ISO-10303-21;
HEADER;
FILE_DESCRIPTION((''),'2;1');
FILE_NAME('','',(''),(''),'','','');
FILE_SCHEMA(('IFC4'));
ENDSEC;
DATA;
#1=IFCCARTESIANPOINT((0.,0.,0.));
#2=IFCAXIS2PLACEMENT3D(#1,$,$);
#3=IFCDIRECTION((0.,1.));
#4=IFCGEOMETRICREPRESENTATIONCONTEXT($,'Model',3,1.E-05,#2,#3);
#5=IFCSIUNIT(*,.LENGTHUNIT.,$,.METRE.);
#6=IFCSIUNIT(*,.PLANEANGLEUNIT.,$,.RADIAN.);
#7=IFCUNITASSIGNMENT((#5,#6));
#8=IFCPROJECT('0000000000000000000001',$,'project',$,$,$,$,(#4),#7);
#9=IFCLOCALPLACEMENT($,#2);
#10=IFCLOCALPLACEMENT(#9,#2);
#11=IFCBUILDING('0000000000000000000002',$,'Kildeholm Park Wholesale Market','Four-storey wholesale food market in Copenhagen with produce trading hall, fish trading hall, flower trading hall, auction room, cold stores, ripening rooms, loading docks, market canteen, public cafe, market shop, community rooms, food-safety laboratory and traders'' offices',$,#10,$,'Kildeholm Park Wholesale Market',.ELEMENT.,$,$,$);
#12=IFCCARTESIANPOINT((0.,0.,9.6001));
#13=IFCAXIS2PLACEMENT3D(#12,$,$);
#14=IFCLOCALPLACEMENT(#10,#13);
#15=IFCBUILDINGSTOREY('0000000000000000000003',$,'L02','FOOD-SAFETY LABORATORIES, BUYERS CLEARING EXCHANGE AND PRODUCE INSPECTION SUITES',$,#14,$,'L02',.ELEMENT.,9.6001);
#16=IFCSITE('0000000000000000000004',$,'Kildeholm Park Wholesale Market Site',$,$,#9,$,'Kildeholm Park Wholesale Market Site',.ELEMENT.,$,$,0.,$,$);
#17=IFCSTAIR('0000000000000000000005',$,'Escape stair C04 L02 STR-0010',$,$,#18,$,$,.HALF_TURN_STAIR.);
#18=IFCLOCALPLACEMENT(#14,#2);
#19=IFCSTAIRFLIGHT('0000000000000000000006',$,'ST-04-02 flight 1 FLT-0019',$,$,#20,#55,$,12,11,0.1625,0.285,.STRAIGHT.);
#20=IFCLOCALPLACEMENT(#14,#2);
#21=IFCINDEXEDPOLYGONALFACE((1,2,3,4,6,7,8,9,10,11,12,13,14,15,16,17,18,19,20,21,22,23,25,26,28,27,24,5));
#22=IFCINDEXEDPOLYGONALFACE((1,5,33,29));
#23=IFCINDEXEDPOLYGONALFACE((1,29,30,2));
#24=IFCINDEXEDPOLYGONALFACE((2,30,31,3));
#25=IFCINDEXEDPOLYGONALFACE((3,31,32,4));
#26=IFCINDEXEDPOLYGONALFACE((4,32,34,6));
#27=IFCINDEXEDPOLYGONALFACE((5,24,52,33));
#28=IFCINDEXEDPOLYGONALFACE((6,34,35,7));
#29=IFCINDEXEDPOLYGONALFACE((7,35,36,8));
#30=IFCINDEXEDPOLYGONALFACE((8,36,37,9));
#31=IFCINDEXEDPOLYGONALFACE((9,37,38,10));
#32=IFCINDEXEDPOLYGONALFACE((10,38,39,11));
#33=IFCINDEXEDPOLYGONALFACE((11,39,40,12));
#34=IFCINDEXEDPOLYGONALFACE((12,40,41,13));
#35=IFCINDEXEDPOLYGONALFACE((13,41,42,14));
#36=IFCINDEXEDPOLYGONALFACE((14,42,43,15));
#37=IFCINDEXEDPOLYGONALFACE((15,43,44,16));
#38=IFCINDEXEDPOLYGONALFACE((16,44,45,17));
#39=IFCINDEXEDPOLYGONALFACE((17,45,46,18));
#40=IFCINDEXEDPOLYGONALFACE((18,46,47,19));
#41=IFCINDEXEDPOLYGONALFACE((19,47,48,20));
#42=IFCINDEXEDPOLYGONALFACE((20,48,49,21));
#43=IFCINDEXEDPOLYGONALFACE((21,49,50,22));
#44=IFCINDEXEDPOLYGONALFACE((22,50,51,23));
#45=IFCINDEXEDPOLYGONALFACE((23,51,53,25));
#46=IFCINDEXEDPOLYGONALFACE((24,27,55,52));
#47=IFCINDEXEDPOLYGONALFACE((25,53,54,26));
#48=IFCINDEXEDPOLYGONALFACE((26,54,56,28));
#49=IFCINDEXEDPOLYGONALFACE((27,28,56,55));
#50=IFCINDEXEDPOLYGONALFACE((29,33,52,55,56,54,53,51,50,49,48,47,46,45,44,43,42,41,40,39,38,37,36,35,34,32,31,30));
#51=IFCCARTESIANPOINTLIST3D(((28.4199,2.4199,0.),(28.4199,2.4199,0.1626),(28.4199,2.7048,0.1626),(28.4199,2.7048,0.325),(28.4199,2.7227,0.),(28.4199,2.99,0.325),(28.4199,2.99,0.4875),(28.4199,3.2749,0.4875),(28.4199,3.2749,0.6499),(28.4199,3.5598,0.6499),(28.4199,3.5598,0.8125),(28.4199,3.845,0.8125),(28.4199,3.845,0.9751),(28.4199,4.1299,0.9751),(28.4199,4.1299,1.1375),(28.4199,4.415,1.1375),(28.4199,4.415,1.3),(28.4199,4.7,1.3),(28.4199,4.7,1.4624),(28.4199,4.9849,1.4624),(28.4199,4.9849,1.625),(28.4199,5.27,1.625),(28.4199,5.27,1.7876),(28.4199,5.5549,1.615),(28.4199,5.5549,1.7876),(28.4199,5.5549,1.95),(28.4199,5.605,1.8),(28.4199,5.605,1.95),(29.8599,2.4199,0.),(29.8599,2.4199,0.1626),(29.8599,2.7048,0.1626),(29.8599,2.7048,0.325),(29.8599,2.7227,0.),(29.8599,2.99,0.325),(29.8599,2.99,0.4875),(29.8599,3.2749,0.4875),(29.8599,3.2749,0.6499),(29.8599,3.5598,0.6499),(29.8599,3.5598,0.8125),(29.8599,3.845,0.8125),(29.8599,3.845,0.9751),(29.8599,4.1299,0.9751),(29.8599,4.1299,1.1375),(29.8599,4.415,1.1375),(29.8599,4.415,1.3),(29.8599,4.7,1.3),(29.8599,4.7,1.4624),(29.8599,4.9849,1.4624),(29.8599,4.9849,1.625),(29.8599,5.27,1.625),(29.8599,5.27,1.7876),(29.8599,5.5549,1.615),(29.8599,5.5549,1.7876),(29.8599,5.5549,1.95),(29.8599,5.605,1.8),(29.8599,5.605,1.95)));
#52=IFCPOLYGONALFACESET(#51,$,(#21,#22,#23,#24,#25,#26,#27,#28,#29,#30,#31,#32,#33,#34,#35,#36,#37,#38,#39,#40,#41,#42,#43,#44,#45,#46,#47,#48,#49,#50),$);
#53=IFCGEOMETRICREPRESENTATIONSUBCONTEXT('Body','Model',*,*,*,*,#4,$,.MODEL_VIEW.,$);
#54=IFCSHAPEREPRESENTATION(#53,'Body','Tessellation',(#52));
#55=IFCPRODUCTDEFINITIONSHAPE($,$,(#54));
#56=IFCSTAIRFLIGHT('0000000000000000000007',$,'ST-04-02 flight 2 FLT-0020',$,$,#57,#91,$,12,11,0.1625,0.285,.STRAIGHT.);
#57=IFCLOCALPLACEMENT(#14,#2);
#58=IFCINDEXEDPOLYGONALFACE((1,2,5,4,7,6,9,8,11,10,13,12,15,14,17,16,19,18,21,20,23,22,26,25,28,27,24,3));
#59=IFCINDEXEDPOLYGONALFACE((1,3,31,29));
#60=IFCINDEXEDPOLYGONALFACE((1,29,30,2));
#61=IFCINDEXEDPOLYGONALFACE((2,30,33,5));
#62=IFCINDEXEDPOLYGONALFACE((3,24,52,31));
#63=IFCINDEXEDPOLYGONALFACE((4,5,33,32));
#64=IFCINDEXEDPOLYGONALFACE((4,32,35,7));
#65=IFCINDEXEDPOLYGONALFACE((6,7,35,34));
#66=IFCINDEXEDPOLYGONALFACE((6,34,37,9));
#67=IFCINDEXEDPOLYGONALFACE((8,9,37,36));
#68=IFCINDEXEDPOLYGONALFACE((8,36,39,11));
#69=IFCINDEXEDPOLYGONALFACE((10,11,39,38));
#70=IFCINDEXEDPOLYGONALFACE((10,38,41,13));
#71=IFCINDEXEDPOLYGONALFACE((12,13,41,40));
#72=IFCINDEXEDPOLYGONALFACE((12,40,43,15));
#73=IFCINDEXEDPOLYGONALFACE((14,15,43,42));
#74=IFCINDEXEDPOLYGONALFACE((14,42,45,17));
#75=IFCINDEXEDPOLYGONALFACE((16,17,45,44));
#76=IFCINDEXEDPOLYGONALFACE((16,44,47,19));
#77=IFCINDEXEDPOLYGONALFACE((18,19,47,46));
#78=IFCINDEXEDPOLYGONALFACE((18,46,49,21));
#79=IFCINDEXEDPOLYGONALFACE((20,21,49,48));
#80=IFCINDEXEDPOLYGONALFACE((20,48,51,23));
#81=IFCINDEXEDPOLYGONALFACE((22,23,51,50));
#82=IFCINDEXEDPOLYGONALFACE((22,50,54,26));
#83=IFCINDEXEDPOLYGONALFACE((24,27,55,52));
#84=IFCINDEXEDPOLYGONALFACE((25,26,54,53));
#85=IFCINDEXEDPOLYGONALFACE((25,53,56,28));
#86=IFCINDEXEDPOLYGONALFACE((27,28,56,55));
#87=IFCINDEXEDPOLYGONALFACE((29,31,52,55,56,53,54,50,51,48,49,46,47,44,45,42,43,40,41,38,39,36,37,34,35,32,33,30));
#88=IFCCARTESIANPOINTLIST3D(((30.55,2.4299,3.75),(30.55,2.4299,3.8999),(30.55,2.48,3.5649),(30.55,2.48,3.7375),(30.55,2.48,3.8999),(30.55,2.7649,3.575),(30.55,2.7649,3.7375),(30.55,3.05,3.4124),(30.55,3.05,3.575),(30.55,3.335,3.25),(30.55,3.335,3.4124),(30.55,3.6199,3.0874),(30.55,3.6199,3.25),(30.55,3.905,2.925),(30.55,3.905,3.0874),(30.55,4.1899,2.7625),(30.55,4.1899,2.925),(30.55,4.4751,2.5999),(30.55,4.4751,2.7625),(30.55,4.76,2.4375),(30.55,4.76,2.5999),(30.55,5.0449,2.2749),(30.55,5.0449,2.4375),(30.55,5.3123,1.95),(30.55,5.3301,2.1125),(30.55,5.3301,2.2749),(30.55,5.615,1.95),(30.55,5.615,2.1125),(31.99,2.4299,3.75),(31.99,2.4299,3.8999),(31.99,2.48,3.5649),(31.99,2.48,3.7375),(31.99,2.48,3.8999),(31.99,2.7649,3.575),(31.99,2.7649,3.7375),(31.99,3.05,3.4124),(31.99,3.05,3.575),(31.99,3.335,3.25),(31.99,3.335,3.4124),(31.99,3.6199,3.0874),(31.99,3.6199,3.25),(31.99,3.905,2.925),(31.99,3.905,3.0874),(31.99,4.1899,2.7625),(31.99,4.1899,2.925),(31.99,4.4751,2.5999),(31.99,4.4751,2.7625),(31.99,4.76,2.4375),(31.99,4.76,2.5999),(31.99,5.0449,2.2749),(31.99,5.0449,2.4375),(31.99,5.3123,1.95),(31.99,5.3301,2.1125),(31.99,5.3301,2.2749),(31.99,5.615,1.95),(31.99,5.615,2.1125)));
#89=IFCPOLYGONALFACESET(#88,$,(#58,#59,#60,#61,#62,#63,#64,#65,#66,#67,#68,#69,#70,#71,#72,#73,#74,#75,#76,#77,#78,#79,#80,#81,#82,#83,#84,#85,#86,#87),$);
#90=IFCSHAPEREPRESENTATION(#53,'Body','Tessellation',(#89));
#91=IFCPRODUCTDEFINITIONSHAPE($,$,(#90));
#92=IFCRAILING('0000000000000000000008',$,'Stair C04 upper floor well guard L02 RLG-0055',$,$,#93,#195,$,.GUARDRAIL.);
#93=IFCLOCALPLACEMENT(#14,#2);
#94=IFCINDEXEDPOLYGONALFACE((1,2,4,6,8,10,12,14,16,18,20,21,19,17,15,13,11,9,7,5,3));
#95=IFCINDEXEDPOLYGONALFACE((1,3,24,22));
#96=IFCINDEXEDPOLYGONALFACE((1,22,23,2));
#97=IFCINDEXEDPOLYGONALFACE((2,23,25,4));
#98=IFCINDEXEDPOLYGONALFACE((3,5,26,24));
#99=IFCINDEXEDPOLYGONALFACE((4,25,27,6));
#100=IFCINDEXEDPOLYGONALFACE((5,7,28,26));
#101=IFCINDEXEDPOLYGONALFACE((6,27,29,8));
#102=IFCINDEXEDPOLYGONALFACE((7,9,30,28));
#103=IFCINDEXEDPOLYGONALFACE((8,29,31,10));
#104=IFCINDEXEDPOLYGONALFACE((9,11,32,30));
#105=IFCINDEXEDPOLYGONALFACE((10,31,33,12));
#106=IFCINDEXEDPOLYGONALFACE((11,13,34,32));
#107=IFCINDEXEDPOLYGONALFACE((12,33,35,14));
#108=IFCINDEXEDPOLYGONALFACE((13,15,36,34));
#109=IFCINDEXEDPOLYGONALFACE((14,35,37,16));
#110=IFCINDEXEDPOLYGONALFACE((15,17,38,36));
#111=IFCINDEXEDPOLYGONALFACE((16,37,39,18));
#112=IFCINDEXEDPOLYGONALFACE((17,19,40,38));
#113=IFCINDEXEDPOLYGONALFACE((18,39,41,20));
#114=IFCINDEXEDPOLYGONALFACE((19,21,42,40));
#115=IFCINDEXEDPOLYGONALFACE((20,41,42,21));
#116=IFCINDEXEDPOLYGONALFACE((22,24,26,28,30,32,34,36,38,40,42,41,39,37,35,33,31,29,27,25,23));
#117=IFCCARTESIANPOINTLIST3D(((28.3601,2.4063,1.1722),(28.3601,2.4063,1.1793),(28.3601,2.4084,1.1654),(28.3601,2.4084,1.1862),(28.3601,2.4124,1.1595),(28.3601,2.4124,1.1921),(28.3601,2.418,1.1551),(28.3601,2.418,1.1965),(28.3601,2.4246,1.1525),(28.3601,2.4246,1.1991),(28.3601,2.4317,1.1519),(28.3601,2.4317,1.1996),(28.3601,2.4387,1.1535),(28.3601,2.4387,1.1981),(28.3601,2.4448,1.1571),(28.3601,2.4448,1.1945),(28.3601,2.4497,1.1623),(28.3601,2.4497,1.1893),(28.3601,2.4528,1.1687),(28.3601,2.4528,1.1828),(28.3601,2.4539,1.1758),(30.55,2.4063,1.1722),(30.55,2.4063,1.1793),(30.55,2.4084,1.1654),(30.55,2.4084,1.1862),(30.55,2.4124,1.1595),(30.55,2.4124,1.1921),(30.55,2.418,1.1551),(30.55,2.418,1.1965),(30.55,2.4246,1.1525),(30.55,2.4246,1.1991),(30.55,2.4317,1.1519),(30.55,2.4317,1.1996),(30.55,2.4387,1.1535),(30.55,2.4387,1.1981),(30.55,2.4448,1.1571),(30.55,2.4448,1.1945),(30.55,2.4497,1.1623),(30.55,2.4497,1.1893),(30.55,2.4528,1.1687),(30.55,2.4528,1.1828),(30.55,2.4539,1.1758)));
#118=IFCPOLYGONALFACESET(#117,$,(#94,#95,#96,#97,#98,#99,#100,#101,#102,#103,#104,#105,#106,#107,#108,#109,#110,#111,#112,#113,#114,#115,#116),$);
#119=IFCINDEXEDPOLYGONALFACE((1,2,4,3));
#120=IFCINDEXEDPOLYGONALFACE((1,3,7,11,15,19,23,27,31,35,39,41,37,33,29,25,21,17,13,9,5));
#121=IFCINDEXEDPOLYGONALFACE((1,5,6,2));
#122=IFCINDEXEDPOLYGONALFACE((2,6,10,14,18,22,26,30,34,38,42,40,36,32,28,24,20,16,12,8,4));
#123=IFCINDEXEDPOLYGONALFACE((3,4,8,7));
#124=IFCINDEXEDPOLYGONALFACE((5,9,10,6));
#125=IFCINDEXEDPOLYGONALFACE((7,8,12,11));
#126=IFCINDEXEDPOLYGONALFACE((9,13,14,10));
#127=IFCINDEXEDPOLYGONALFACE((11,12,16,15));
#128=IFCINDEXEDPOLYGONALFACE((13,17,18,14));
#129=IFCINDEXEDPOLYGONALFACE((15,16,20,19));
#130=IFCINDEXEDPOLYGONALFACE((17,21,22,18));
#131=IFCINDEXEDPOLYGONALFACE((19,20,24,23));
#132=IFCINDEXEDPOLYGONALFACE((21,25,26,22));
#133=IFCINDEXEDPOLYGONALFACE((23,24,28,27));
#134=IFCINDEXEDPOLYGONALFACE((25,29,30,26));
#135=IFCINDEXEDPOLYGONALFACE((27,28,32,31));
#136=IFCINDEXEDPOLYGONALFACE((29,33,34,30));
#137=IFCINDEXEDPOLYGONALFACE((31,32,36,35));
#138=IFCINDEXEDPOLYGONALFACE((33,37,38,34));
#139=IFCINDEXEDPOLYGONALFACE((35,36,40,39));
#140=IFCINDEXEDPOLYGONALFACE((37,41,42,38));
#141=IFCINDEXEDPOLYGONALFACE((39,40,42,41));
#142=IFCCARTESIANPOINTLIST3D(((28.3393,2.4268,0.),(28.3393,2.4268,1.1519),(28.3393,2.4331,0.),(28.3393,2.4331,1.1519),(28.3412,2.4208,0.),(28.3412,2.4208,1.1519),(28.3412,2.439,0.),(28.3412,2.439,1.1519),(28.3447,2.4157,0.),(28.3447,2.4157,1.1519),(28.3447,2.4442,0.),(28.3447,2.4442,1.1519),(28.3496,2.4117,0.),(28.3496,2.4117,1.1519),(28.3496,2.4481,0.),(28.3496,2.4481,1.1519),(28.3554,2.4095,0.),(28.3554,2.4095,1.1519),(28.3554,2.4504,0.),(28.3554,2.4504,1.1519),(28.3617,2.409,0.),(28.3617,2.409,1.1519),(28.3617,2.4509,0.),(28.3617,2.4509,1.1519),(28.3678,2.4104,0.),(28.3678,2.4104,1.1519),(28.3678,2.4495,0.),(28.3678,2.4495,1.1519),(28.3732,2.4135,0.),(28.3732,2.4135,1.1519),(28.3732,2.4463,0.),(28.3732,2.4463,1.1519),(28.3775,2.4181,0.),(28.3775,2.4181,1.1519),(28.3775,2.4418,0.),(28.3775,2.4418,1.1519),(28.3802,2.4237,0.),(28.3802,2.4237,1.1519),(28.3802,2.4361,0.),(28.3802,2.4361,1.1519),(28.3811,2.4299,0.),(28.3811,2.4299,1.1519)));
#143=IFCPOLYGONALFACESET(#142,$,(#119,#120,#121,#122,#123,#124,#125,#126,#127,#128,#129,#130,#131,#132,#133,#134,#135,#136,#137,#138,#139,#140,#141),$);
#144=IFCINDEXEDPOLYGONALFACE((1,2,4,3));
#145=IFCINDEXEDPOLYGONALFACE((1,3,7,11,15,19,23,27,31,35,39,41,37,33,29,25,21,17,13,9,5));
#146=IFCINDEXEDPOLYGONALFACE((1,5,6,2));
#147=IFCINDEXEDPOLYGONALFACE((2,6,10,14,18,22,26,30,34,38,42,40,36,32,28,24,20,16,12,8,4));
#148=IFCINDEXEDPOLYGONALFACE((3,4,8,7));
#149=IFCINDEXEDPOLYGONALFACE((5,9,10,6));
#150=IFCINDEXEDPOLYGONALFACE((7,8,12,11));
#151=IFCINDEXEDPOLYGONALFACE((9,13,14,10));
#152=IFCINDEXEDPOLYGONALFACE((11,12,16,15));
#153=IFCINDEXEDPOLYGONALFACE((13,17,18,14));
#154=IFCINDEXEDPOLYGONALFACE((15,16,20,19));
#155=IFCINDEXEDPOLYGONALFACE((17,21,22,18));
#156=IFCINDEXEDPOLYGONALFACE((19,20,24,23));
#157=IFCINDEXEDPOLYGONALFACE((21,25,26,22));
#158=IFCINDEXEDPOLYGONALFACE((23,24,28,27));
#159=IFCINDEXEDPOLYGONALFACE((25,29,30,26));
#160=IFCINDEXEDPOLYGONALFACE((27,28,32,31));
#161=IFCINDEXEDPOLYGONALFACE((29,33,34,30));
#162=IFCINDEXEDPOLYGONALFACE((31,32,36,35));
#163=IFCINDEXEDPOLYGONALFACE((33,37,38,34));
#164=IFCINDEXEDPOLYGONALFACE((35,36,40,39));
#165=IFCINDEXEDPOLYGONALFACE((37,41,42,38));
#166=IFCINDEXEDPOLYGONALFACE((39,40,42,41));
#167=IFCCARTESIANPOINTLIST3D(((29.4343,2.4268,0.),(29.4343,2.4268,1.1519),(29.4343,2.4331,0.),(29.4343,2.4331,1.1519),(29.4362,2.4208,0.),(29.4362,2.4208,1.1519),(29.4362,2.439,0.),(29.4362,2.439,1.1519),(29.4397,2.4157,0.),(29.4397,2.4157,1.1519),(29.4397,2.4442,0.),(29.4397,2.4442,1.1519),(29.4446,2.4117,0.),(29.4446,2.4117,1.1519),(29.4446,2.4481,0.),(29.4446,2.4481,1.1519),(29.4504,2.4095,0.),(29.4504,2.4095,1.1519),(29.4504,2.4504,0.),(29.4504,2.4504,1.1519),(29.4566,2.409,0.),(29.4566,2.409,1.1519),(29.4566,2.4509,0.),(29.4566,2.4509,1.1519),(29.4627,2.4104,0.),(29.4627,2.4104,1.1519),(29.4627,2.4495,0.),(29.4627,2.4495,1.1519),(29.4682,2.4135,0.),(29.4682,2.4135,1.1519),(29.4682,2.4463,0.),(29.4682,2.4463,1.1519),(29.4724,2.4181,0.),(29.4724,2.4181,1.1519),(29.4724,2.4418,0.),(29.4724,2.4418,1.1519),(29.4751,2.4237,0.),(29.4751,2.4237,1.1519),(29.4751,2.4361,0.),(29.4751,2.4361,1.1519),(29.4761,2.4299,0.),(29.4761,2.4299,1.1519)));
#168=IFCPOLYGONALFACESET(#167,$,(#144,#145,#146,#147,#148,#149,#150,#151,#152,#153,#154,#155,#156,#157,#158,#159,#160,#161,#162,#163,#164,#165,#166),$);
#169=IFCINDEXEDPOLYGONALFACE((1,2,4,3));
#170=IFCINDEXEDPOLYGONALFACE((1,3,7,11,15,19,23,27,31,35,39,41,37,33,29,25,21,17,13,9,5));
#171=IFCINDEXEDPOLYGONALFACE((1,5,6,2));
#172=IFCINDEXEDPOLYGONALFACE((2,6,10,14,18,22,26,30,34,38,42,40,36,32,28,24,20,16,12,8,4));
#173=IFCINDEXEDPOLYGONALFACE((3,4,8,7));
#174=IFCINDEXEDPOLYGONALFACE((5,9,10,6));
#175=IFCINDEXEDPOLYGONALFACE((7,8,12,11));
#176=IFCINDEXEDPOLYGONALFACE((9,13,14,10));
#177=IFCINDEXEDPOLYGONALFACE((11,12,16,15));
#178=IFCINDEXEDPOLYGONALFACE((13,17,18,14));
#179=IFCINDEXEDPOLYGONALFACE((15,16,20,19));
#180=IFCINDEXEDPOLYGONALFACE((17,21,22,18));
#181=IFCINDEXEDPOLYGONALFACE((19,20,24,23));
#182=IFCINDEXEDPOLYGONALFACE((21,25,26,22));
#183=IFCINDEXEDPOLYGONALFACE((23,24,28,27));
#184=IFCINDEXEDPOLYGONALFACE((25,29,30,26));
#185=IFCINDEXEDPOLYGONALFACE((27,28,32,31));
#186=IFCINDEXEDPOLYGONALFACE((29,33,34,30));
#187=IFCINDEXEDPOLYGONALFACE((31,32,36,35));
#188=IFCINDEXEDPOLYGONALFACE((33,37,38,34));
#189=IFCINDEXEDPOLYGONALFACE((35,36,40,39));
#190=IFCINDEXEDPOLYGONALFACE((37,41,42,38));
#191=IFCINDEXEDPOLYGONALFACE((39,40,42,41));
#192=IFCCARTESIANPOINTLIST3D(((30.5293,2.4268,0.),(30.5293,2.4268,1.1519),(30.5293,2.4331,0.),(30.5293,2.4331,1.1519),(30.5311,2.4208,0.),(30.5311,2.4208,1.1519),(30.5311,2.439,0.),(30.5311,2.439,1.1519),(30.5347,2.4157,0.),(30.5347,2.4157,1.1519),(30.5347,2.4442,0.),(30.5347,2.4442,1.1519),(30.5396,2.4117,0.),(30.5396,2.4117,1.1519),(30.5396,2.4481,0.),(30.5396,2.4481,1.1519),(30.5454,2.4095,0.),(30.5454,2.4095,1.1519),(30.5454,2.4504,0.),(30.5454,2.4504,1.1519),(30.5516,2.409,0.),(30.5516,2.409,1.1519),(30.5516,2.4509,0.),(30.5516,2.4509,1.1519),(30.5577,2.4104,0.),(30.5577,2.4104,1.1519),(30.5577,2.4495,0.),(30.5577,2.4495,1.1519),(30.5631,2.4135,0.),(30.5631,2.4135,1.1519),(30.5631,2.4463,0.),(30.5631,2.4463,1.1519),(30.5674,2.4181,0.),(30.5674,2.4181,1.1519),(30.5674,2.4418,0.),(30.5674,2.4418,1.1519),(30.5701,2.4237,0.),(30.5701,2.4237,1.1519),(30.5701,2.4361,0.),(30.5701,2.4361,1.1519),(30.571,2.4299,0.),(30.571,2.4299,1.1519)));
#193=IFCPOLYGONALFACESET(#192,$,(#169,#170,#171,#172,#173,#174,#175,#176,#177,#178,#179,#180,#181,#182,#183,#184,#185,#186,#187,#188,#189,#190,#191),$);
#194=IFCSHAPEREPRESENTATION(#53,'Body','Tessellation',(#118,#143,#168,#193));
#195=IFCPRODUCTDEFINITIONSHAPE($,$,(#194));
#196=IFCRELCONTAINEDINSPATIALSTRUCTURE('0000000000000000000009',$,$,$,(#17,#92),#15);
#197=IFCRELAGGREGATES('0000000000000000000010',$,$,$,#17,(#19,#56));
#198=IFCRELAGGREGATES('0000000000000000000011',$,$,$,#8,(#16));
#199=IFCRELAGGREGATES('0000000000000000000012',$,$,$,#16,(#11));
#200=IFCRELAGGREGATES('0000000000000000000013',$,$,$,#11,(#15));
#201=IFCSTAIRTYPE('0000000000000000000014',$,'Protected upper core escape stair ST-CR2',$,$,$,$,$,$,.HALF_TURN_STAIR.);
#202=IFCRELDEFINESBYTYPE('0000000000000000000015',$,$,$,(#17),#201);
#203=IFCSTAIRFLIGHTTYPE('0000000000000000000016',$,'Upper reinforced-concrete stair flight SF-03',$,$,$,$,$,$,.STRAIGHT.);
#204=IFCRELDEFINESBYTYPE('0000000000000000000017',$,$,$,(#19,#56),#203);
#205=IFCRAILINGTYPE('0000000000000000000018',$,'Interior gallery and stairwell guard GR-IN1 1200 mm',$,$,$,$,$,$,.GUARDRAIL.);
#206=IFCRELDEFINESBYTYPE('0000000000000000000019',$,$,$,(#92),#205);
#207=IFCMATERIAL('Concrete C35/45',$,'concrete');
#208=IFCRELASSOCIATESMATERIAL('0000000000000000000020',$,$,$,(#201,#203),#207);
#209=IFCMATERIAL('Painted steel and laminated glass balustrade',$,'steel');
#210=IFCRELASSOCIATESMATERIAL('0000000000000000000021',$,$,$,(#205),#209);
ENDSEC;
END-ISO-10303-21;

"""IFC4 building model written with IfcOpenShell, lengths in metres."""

from ifc_helpers import new_model, si_unit, direction, frame, origin, origin_2d, place, context, subcontext, project, spatial, polyline, circle, outline, extrude, material, type_object, element, aggregate, save


model = new_model("IFC4")

# Units and contexts
model_context = context("Model", 3, precision=1e-05, world=origin(), true_north=direction((0.0, 1.0)))
body_context = subcontext(model_context, "Body", "Model", "MODEL_VIEW")
ifc_project = project(units=[si_unit("LENGTHUNIT", "METRE"), si_unit("PLANEANGLEUNIT", "RADIAN")], contexts=[model_context])

# Site, building, storey
site_placement = place(None, origin())
site = spatial("IfcSite", under=ifc_project, at=site_placement, Name="Kildeholm Park Wholesale Market Site", LongName="Kildeholm Park Wholesale Market Site", CompositionType="ELEMENT", RefElevation=0.0)
building_placement = place(site_placement, origin())
building = spatial("IfcBuilding", under=site, at=building_placement, Name="Kildeholm Park Wholesale Market", Description="Four-storey wholesale food market in Copenhagen with produce trading hall, fish trading hall, flower trading hall, auction room, cold stores, ripening rooms, loading docks, market canteen, public cafe, market shop, community rooms, food-safety laboratory and traders' offices", LongName="Kildeholm Park Wholesale Market", CompositionType="ELEMENT")
storey_placement = place(building_placement, frame((0.0, 0.0, 9.6001)))
storey = spatial("IfcBuildingStorey", under=building, at=storey_placement, Name="L02", Description="FOOD-SAFETY LABORATORIES, BUYERS CLEARING EXCHANGE AND PRODUCE INSPECTION SUITES", LongName="L02", CompositionType="ELEMENT", Elevation=9.6001)

# Stair, stair flights
ifc_material_1 = material(Name="Concrete C35/45", Category="concrete")
stair_type = type_object("IfcStairType", Name="Protected upper core escape stair ST-CR2", PredefinedType="HALF_TURN_STAIR", material=ifc_material_1)
stair_placement = place(storey_placement, origin())
stair = element("IfcStair", 1, at=stair_placement, inside=storey, type_object=stair_type, Name="Escape stair C04 L02 STR-0010", PredefinedType="HALF_TURN_STAIR")
stair_flight_type = type_object("IfcStairFlightType", Name="Upper reinforced-concrete stair flight SF-03", PredefinedType="STRAIGHT", material=ifc_material_1)
stair_flight_1_placement = place(storey_placement, frame((29.1399, 2.4199, 0.0), z_axis=(0.0, 0.0, 1.0), x_axis=(0.0, 1.0, 0.0)))
stair_flight_1 = element("IfcStairFlight", 2, at=stair_flight_1_placement, type_object=stair_flight_type, Name="ST-04-02 flight 1 FLT-0019", NumberOfRisers=12, NumberOfTreads=11, PredefinedType="STRAIGHT", RiserHeight=0.1625, TreadLength=0.285, context=body_context, shape_type="SweptSolid", body=[
    extrude(outline(polyline([(0.0, 0.0), (0.0, 0.1626), (0.2849, 0.1626), (0.2849, 0.325), (0.5701, 0.325), (0.5701, 0.4875), (0.855, 0.4875), (0.855, 0.6499), (1.1399, 0.6499), (1.1399, 0.8125), (1.425, 0.8125), (1.425, 0.9751), (1.71, 0.9751), (1.71, 1.1375), (1.9951, 1.1375), (1.9951, 1.3), (2.28, 1.3), (2.28, 1.4624), (2.5649, 1.4624), (2.5649, 1.625), (2.8501, 1.625), (2.8501, 1.7876), (3.135, 1.7876), (3.135, 1.95), (3.1851, 1.95), (3.1851, 1.8), (3.135, 1.615), (0.3027, 0.0), (0.0, 0.0)])), frame((0.0, 0.72, 0.0), z_axis=(0.0, -1.0, 0.0), x_axis=(1.0, 0.0, 0.0)), (0.0, 0.0, 1.0), 1.4399),
])
stair_flight_2_placement = place(storey_placement, frame((31.27, 5.615, 1.95), z_axis=(0.0, 0.0, 1.0), x_axis=(0.0, -1.0, 0.0)))
stair_flight_2 = element("IfcStairFlight", 3, at=stair_flight_2_placement, type_object=stair_flight_type, Name="ST-04-02 flight 2 FLT-0020", NumberOfRisers=12, NumberOfTreads=11, PredefinedType="STRAIGHT", RiserHeight=0.1625, TreadLength=0.285, context=body_context, shape_type="SweptSolid", body=[
    extrude(outline(polyline([(0.0, 0.0), (0.0, 0.1626), (0.2849, 0.1626), (0.2849, 0.325), (0.5701, 0.325), (0.5701, 0.4875), (0.855, 0.4875), (0.855, 0.6499), (1.1399, 0.6499), (1.1399, 0.8125), (1.425, 0.8125), (1.425, 0.9751), (1.71, 0.9751), (1.71, 1.1375), (1.9951, 1.1375), (1.9951, 1.3), (2.28, 1.3), (2.28, 1.4624), (2.5649, 1.4624), (2.5649, 1.625), (2.8501, 1.625), (2.8501, 1.7876), (3.135, 1.7876), (3.135, 1.95), (3.1851, 1.95), (3.1851, 1.8), (3.135, 1.615), (0.3027, 0.0), (0.0, 0.0)])), frame((0.0, 0.72, 0.0), z_axis=(0.0, -1.0, 0.0), x_axis=(1.0, 0.0, 0.0)), (0.0, 0.0, 1.0), 1.4399),
])
aggregate(stair, [stair_flight_1, stair_flight_2])

# Railing
ifc_material_2 = material(Name="Painted steel and laminated glass balustrade", Category="steel")
railing_type_1 = type_object("IfcRailingType", Name="Interior gallery and stairwell guard GR-IN1 1200 mm", PredefinedType="GUARDRAIL", material=ifc_material_2)
railing_1_placement = place(storey_placement, frame((28.3601, 2.4299, 0.0)))
element("IfcRailing", 4, at=railing_1_placement, inside=storey, type_object=railing_type_1, Name="Stair C04 upper floor well guard L02 RLG-0055", PredefinedType="GUARDRAIL", context=body_context, shape_type="SweptSolid", body=[
    extrude(circle(Radius=0.0239, at=origin_2d()), frame((0.0, 0.0, 1.1758), z_axis=(1.0, 0.0, 0.0), x_axis=(0.0, 1.0, 0.0)), (0.0, 0.0, 1.0), 2.1899),
    extrude(circle(Radius=0.021, at=origin_2d()), origin(), (0.0, 0.0, 1.0), 1.1519),
    extrude(circle(Radius=0.021, at=origin_2d()), frame((1.095, 0.0, 0.0)), (0.0, 0.0, 1.0), 1.1519),
    extrude(circle(Radius=0.021, at=origin_2d()), frame((2.1899, 0.0, 0.0)), (0.0, 0.0, 1.0), 1.1519),
])

save(model, "model.ifc")
